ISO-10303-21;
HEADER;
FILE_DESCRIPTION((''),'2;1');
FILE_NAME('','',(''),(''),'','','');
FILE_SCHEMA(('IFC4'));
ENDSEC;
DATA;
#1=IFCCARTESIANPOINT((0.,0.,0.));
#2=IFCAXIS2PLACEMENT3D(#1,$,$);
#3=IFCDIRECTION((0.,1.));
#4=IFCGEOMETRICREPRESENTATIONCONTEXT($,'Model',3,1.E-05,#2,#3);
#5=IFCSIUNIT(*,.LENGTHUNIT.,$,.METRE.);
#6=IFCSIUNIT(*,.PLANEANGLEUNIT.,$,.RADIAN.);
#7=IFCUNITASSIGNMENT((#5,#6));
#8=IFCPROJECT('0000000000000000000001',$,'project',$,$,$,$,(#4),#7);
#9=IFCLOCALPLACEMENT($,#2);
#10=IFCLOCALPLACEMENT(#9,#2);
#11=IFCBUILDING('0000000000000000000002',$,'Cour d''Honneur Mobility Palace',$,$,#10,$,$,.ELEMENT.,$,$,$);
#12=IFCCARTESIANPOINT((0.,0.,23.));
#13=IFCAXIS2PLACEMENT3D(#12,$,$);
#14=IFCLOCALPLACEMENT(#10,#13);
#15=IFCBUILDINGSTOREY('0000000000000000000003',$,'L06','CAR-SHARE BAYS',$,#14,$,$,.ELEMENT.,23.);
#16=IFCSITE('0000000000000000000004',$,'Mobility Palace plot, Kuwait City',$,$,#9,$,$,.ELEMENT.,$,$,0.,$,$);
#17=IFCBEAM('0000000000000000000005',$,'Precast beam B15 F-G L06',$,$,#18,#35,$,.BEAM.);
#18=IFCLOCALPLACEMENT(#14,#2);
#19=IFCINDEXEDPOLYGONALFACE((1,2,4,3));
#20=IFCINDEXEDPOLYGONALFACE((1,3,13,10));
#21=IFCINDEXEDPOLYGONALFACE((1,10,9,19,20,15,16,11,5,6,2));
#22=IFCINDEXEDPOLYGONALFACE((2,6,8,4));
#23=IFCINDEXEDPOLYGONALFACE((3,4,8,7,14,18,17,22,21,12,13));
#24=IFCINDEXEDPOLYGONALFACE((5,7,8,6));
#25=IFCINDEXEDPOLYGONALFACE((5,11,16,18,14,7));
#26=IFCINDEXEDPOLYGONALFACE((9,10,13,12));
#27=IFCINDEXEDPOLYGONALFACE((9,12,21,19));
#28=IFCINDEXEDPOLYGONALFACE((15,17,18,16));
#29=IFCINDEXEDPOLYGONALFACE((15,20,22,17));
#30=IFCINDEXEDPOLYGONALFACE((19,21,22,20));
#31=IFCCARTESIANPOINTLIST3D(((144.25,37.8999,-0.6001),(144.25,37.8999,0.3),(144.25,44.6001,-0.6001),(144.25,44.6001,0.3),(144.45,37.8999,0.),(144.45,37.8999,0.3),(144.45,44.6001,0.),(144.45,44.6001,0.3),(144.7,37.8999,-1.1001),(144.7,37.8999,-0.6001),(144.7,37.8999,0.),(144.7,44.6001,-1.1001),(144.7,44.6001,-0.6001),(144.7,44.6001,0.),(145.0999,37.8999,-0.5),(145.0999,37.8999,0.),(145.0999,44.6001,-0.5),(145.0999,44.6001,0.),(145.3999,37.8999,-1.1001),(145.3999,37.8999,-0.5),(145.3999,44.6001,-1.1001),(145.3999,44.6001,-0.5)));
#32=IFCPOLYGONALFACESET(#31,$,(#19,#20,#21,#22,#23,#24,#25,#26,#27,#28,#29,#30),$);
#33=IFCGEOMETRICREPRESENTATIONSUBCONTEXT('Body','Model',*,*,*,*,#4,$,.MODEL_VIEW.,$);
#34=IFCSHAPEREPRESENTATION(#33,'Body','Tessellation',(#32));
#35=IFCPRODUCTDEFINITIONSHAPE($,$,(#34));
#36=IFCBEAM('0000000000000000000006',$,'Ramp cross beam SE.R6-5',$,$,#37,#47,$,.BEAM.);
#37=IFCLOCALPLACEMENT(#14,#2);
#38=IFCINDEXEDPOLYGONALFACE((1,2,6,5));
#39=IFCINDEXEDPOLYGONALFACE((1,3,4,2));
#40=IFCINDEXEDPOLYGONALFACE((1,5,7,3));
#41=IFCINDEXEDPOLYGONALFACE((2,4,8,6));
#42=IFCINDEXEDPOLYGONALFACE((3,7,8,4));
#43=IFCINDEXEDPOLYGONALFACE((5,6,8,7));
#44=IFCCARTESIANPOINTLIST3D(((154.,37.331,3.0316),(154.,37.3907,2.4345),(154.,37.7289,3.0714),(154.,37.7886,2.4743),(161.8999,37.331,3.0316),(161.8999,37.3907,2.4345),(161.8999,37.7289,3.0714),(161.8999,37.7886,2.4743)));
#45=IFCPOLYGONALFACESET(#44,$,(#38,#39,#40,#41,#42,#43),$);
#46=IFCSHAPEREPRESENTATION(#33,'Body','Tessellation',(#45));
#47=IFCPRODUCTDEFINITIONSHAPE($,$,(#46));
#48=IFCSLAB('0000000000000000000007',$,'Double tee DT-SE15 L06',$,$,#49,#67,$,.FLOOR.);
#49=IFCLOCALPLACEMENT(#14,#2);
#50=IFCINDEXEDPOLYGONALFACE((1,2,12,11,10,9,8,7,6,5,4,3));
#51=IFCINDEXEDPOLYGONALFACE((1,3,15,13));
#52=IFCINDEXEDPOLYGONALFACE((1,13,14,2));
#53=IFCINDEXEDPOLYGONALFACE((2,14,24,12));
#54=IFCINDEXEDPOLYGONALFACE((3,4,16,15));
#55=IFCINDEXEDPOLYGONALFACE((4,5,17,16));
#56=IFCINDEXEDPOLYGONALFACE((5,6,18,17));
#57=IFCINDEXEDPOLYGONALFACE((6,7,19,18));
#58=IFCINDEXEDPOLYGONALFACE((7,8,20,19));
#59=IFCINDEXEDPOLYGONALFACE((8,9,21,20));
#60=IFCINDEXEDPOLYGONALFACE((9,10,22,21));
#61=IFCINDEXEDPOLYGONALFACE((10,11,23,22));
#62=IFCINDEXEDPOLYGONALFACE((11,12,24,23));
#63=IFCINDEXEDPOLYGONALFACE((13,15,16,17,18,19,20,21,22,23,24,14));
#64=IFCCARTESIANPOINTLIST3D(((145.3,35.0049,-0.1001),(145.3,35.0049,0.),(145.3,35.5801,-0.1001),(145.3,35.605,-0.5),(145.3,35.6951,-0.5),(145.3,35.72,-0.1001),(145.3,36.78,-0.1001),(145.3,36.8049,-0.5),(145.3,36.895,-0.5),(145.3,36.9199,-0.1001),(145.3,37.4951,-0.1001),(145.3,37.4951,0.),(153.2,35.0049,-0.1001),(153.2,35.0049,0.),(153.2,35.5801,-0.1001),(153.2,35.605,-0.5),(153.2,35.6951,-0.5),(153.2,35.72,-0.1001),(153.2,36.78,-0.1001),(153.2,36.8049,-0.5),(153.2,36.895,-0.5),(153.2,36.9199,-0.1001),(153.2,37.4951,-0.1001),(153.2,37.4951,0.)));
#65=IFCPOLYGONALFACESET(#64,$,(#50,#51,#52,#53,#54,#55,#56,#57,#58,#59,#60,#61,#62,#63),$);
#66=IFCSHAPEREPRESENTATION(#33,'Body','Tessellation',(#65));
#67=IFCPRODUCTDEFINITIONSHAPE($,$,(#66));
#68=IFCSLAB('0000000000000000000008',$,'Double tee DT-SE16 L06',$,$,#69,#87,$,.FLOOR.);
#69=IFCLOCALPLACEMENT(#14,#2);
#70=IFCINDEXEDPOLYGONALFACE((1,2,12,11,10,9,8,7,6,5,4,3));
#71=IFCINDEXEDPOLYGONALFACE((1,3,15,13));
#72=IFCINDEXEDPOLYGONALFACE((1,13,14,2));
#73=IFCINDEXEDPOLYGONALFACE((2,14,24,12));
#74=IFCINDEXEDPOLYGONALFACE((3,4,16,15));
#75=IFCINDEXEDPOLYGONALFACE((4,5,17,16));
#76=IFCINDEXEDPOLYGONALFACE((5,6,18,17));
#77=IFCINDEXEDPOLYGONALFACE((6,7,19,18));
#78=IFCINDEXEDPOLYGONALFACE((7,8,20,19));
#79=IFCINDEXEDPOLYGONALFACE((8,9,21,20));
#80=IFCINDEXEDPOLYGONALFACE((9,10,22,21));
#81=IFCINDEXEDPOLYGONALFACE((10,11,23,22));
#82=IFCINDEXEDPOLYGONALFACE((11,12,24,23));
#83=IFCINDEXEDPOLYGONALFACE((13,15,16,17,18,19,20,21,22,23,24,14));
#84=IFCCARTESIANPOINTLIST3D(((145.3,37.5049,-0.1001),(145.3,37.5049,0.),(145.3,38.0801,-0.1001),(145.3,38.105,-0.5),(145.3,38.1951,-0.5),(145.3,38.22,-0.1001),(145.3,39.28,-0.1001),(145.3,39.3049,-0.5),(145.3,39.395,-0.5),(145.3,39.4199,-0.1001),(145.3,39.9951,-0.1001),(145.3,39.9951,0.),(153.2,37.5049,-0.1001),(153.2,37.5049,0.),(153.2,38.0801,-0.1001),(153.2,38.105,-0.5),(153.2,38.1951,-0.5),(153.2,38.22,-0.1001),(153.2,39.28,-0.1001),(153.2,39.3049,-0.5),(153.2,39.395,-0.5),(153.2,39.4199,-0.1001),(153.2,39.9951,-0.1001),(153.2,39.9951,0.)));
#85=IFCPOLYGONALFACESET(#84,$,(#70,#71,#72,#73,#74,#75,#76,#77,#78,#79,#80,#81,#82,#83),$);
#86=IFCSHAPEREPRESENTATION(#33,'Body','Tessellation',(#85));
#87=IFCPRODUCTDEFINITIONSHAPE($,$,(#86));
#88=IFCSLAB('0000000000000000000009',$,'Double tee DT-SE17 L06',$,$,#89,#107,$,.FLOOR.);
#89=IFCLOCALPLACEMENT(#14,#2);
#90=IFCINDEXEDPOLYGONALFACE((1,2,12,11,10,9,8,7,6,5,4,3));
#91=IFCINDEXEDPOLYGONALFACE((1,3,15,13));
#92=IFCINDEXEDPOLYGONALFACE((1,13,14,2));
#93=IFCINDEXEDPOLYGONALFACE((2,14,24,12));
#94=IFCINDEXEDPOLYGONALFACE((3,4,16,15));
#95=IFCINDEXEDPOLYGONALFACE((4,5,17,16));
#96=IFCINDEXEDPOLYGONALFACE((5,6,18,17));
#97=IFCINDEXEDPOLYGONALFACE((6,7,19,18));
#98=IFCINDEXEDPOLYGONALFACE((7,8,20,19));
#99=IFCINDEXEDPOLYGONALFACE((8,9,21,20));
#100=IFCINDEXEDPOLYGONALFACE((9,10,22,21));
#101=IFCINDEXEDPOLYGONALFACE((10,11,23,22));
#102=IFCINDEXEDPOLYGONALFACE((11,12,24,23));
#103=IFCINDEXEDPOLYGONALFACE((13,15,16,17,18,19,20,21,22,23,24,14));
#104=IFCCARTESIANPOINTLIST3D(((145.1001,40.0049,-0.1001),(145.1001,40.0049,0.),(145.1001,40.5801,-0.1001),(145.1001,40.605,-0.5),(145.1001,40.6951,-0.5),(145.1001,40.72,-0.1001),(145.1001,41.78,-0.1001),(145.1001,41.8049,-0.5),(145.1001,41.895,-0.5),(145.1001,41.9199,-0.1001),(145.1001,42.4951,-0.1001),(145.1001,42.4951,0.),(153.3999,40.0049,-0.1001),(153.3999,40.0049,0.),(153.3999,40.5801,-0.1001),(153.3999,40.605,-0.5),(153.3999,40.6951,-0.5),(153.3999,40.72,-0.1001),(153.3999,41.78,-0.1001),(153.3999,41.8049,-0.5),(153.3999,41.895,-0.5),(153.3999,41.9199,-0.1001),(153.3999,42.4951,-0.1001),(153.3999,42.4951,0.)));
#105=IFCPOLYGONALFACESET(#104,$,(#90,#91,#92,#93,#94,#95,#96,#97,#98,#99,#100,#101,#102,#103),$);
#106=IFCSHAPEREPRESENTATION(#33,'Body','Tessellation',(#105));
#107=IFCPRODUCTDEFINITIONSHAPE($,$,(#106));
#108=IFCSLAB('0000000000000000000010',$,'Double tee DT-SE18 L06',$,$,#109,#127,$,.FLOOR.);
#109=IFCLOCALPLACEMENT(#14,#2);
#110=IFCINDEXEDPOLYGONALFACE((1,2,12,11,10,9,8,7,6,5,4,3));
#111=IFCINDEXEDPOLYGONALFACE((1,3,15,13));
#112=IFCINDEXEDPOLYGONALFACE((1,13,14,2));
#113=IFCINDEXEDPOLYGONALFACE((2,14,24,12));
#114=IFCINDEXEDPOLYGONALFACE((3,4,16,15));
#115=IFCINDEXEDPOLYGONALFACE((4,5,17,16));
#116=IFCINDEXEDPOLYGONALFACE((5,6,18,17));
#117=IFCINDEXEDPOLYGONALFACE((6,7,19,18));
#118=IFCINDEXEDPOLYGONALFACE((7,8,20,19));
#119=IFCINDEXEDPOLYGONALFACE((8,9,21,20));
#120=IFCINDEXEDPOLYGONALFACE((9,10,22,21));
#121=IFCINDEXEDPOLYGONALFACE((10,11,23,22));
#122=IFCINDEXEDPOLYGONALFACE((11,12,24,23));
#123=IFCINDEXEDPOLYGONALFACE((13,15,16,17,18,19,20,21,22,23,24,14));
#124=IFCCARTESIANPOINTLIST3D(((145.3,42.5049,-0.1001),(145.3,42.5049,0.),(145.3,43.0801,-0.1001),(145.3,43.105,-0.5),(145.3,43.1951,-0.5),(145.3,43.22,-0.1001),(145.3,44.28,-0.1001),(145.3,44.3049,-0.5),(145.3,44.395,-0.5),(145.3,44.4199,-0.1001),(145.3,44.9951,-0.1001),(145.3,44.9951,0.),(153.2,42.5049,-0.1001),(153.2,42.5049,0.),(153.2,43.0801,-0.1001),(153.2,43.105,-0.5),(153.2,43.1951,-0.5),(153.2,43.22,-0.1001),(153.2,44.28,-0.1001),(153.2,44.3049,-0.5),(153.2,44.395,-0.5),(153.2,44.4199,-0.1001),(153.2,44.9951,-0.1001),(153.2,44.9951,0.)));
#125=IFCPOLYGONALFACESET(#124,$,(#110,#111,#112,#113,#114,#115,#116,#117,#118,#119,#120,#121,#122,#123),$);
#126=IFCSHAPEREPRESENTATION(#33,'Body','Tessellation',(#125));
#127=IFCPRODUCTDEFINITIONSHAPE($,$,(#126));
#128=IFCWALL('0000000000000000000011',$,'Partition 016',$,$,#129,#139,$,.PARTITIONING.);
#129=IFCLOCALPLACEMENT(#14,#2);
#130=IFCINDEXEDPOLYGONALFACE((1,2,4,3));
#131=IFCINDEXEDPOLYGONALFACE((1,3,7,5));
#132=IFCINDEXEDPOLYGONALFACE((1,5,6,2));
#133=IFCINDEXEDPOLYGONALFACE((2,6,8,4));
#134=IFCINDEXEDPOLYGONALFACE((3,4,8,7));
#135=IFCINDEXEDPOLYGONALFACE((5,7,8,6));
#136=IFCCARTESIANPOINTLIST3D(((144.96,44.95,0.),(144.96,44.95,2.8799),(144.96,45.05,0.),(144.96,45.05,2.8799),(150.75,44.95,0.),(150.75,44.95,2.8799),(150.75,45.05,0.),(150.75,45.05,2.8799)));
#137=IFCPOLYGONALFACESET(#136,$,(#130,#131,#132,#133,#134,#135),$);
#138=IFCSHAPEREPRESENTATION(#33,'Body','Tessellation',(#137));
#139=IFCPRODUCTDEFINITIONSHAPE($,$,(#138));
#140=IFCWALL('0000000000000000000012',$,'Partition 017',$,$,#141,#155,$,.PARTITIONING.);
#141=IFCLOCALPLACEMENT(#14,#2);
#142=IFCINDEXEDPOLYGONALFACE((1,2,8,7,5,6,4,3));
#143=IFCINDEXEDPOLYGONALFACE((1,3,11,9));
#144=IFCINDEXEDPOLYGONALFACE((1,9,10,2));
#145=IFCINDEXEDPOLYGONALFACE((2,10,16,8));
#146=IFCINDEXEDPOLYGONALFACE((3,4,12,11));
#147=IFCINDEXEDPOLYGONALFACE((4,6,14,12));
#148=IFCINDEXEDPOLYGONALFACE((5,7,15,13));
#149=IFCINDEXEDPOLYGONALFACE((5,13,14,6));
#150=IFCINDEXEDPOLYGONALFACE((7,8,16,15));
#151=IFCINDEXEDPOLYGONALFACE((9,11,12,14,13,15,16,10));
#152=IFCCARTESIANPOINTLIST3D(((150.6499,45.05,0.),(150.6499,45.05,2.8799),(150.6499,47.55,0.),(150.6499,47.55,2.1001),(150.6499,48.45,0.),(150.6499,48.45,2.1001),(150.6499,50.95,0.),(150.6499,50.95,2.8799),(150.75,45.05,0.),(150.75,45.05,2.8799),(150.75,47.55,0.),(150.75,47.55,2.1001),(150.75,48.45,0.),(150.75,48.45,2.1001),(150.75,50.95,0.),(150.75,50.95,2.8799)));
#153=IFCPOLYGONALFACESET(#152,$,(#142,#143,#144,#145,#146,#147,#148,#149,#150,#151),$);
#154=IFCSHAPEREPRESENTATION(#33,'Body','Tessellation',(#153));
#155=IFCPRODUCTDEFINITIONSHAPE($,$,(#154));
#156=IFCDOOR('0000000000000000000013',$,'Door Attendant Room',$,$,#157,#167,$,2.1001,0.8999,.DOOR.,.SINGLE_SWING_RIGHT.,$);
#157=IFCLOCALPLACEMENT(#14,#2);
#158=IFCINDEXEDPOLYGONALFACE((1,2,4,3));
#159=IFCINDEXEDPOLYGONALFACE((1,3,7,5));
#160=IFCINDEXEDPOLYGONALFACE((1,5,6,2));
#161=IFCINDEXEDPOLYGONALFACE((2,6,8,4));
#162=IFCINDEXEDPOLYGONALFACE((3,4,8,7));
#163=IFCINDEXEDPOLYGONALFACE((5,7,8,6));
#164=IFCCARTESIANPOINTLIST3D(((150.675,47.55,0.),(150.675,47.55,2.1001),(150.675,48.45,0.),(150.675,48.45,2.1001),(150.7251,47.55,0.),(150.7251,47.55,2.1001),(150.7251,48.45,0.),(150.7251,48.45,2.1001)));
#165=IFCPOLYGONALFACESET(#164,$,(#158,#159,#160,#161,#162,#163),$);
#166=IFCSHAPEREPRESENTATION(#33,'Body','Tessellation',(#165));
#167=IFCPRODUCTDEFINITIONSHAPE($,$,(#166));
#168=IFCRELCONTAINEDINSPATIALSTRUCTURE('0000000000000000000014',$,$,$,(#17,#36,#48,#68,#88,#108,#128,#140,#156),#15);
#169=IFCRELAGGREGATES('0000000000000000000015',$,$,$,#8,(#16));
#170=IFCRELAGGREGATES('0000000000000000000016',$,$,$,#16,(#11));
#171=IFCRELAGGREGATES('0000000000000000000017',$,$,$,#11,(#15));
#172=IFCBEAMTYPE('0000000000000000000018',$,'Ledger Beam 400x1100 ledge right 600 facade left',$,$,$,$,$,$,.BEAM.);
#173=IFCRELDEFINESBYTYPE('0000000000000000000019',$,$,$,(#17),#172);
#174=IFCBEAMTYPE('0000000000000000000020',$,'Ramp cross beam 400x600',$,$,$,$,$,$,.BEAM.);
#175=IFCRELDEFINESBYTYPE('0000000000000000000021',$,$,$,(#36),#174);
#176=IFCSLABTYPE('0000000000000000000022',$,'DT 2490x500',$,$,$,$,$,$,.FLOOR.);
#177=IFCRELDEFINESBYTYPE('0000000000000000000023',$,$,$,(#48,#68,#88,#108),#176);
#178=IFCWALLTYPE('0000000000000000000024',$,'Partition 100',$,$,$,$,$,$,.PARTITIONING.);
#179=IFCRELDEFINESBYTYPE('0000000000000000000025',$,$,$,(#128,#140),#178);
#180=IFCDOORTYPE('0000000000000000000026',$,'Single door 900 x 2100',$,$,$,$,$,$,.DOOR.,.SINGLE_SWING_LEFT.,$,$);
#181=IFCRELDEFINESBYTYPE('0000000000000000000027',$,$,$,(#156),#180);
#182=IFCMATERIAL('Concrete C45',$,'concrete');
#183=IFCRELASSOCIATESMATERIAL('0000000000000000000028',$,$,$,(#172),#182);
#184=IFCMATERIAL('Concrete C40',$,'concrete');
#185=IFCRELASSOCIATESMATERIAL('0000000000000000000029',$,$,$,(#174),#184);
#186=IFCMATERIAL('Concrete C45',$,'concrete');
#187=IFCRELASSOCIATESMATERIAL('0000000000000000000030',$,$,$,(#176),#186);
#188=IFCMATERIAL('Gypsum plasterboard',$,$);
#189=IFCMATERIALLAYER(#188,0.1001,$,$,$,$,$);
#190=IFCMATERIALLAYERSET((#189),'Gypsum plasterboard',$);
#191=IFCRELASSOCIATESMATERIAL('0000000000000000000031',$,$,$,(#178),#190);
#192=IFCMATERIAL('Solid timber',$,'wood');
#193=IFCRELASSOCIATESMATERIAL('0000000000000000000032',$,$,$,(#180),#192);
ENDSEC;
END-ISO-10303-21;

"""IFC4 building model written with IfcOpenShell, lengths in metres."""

from ifc_helpers import new_model, si_unit, direction, frame, frame_2d, origin, origin_2d, place, context, subcontext, project, spatial, polyline, rectangle, outline, extrude, material, layer, layer_set, material_profile, profile_set, type_object, element, fill, save


model = new_model("IFC4")

# Units and contexts
model_context = context("Model", 3, precision=1e-05, world=origin(), true_north=direction((0.0, 1.0)))
body_context = subcontext(model_context, "Body", "Model", "MODEL_VIEW")
ifc_project = project(units=[si_unit("LENGTHUNIT", "METRE"), si_unit("PLANEANGLEUNIT", "RADIAN")], contexts=[model_context])

# Site, building, storey
site_placement = place(None, origin())
site = spatial("IfcSite", under=ifc_project, at=site_placement, Name="Mobility Palace plot, Kuwait City", CompositionType="ELEMENT", RefElevation=0.0)
building_placement = place(site_placement, origin())
building = spatial("IfcBuilding", under=site, at=building_placement, Name="Cour d'Honneur Mobility Palace", CompositionType="ELEMENT")
storey_placement = place(building_placement, frame((0.0, 0.0, 23.0)))
storey = spatial("IfcBuildingStorey", under=building, at=storey_placement, Name="L06", Description="CAR-SHARE BAYS", CompositionType="ELEMENT", Elevation=23.0)

# Beams
ifc_material_1 = material(Name="Concrete C45", Category="concrete")
ifc_material_profile_1 = material_profile(ifc_material_1, outline(polyline([(0.2, -1.1001), (0.2, -0.6001), (0.6499, -0.6001), (0.6499, 0.3), (0.45, 0.3), (0.45, 0.0), (0.2, 0.0), (-0.2, 0.0), (-0.2, -0.5), (-0.5, -0.5), (-0.5, -1.1001), (0.2, -1.1001)])), Name="Ledger Beam 400x1100 ledge right 600 facade left")
ifc_profile_set_1 = profile_set([ifc_material_profile_1], Name="Concrete C45")
beam_type_1 = type_object("IfcBeamType", Name="Ledger Beam 400x1100 ledge right 600 facade left", PredefinedType="BEAM", material=ifc_profile_set_1)
beam_1_placement = place(storey_placement, frame((144.8999, 37.8999, 0.0), z_axis=(0.0, 1.0, 0.0), x_axis=(-1.0, 0.0, 0.0)))
element("IfcBeam", 1, at=beam_1_placement, inside=storey, type_object=beam_type_1, Name="Precast beam B15 F-G L06", PredefinedType="BEAM", context=body_context, shape_type="SweptSolid", body=[
    extrude(outline(polyline([(0.2, -1.1001), (0.2, -0.6001), (0.6499, -0.6001), (0.6499, 0.3), (0.45, 0.3), (0.45, 0.0), (0.2, 0.0), (-0.2, 0.0), (-0.2, -0.5), (-0.5, -0.5), (-0.5, -1.1001), (0.2, -1.1001)])), origin(), (0.0, 0.0, 1.0), 6.7002),
])
ifc_material_2 = material(Name="Concrete C40", Category="concrete")
ifc_material_profile_2 = material_profile(ifc_material_2, rectangle(XDim=0.3999, YDim=0.6001, at=origin_2d()), Name="Ramp cross beam 400x600")
ifc_profile_set_2 = profile_set([ifc_material_profile_2], Name="Concrete C40")
beam_type_2 = type_object("IfcBeamType", Name="Ramp cross beam 400x600", PredefinedType="BEAM", material=ifc_profile_set_2)
beam_2_placement = place(storey_placement, frame((161.8999, 37.5598, 2.7529), z_axis=(-1.0, 0.0, 0.0), x_axis=(0.0, -0.995037, -0.099504)))
element("IfcBeam", 2, at=beam_2_placement, inside=storey, type_object=beam_type_2, Name="Ramp cross beam SE.R6-5", PredefinedType="BEAM", context=body_context, shape_type="SweptSolid", body=[
    extrude(rectangle(XDim=0.3999, YDim=0.6001, at=origin_2d()), origin(), (0.0, 0.0, 1.0), 7.8999),
])

# Slabs
ifc_material_3 = material(Name="Concrete C45", Category="concrete")
ifc_material_profile_3 = material_profile(ifc_material_3, outline(polyline([(-1.2451, 0.0), (1.2451, 0.0), (1.2451, -0.1001), (0.6699, -0.1001), (0.645, -0.5), (0.5549, -0.5), (0.53, -0.1001), (-0.53, -0.1001), (-0.5549, -0.5), (-0.645, -0.5), (-0.6699, -0.1001), (-1.2451, -0.1001), (-1.2451, 0.0)])), Name="DT 2490x500")
ifc_profile_set_3 = profile_set([ifc_material_profile_3], Name="Concrete C45")
slab_type = type_object("IfcSlabType", Name="DT 2490x500", PredefinedType="FLOOR", material=ifc_profile_set_3)
for number, where, z_axis, x_axis, name in (
    (3, (145.3, 36.25, 0.0), (1.0, 0.0, 0.0), (0.0, 1.0, 0.0), "Double tee DT-SE15 L06"),
    (4, (145.3, 38.75, 0.0), (1.0, 0.0, 0.0), (0.0, 1.0, 0.0), "Double tee DT-SE16 L06"),
):
    element("IfcSlab", number, at=place(storey_placement, frame(where, z_axis=z_axis, x_axis=x_axis)), inside=storey, type_object=slab_type, Name=name, PredefinedType="FLOOR", context=body_context, shape_type="SweptSolid", body=[
        extrude(outline(polyline([(-1.2451, 0.0), (1.2451, 0.0), (1.2451, -0.1001), (0.6699, -0.1001), (0.645, -0.5), (0.5549, -0.5), (0.53, -0.1001), (-0.53, -0.1001), (-0.5549, -0.5), (-0.645, -0.5), (-0.6699, -0.1001), (-1.2451, -0.1001), (-1.2451, 0.0)])), origin(), (0.0, 0.0, 1.0), 7.8999),
    ])
slab_1_placement = place(storey_placement, frame((145.1001, 41.25, 0.0), z_axis=(1.0, 0.0, 0.0), x_axis=(0.0, 1.0, 0.0)))
element("IfcSlab", 5, at=slab_1_placement, inside=storey, type_object=slab_type, Name="Double tee DT-SE17 L06", PredefinedType="FLOOR", context=body_context, shape_type="SweptSolid", body=[
    extrude(outline(polyline([(-1.2451, 0.0), (1.2451, 0.0), (1.2451, -0.1001), (0.6699, -0.1001), (0.645, -0.5), (0.5549, -0.5), (0.53, -0.1001), (-0.53, -0.1001), (-0.5549, -0.5), (-0.645, -0.5), (-0.6699, -0.1001), (-1.2451, -0.1001), (-1.2451, 0.0)])), origin(), (0.0, 0.0, 1.0), 8.2998),
])
slab_2_placement = place(storey_placement, frame((145.3, 43.75, 0.0), z_axis=(1.0, 0.0, 0.0), x_axis=(0.0, 1.0, 0.0)))
element("IfcSlab", 6, at=slab_2_placement, inside=storey, type_object=slab_type, Name="Double tee DT-SE18 L06", PredefinedType="FLOOR", context=body_context, shape_type="SweptSolid", body=[
    extrude(outline(polyline([(-1.2451, 0.0), (1.2451, 0.0), (1.2451, -0.1001), (0.6699, -0.1001), (0.645, -0.5), (0.5549, -0.5), (0.53, -0.1001), (-0.53, -0.1001), (-0.5549, -0.5), (-0.645, -0.5), (-0.6699, -0.1001), (-1.2451, -0.1001), (-1.2451, 0.0)])), origin(), (0.0, 0.0, 1.0), 7.8999),
])

# Wall
ifc_material_4 = material(Name="Gypsum plasterboard")
ifc_layer_1 = layer(ifc_material_4, 0.1001)
ifc_layer_set_1 = layer_set([ifc_layer_1], Name="Gypsum plasterboard")
wall_type = type_object("IfcWallType", Name="Partition 100", PredefinedType="PARTITIONING", material=ifc_layer_set_1)
wall_1_placement = place(storey_placement, frame((144.96, 45.0, 0.0), z_axis=(0.0, 0.0, 1.0), x_axis=(1.0, 0.0, 0.0)))
element("IfcWall", 7, at=wall_1_placement, inside=storey, type_object=wall_type, Name="Partition 016", PredefinedType="PARTITIONING", context=body_context, shape_type="SweptSolid", body=[
    extrude(rectangle(XDim=5.79, YDim=0.1001, at=frame_2d((2.895, 0.0))), origin(), (0.0, 0.0, 1.0), 2.8799),
])

# Wall, opening, door
wall_2_placement = place(storey_placement, frame((150.7, 45.05, 0.0), z_axis=(0.0, 0.0, 1.0), x_axis=(0.0, 1.0, 0.0)))
wall_2 = element("IfcWall", 8, at=wall_2_placement, inside=storey, type_object=wall_type, Name="Partition 017", PredefinedType="PARTITIONING", context=body_context, shape_type="SweptSolid", body=[
    extrude(rectangle(XDim=5.8999, YDim=0.1001, at=frame_2d((2.95, 0.0))), origin(), (0.0, 0.0, 1.0), 2.8799),
])
opening_placement = place(wall_2_placement, frame((2.5, 0.0, 0.0)))
opening = element("IfcOpeningElement", 9, at=opening_placement, cuts=wall_2, PredefinedType="OPENING", context=body_context, shape_type="SweptSolid", body=[
    extrude(rectangle(XDim=0.8999, YDim=2.1001, at=frame_2d((0.45, 1.05))), frame((0.0, 0.0601, 0.0), z_axis=(0.0, -1.0, 0.0), x_axis=(1.0, 0.0, 0.0)), (0.0, 0.0, 1.0), 0.1201),
])
ifc_material_5 = material(Name="Solid timber", Category="wood")
door_type = type_object("IfcDoorType", Name="Single door 900 x 2100", OperationType="SINGLE_SWING_LEFT", PredefinedType="DOOR", material=ifc_material_5)
door_placement = place(opening_placement, origin())
door = element("IfcDoor", 10, at=door_placement, inside=storey, type_object=door_type, Name="Door Attendant Room", OperationType="SINGLE_SWING_RIGHT", OverallHeight=2.1001, OverallWidth=0.8999, PredefinedType="DOOR", context=body_context, shape_type="SweptSolid", body=[
    extrude(rectangle(XDim=0.8999, YDim=2.1001, at=frame_2d((0.45, 1.05))), frame((0.0, 0.0249, 0.0), z_axis=(0.0, -1.0, 0.0), x_axis=(1.0, 0.0, 0.0)), (0.0, 0.0, 1.0), 0.05),
])
fill(opening, door)

save(model, "model.ifc")
